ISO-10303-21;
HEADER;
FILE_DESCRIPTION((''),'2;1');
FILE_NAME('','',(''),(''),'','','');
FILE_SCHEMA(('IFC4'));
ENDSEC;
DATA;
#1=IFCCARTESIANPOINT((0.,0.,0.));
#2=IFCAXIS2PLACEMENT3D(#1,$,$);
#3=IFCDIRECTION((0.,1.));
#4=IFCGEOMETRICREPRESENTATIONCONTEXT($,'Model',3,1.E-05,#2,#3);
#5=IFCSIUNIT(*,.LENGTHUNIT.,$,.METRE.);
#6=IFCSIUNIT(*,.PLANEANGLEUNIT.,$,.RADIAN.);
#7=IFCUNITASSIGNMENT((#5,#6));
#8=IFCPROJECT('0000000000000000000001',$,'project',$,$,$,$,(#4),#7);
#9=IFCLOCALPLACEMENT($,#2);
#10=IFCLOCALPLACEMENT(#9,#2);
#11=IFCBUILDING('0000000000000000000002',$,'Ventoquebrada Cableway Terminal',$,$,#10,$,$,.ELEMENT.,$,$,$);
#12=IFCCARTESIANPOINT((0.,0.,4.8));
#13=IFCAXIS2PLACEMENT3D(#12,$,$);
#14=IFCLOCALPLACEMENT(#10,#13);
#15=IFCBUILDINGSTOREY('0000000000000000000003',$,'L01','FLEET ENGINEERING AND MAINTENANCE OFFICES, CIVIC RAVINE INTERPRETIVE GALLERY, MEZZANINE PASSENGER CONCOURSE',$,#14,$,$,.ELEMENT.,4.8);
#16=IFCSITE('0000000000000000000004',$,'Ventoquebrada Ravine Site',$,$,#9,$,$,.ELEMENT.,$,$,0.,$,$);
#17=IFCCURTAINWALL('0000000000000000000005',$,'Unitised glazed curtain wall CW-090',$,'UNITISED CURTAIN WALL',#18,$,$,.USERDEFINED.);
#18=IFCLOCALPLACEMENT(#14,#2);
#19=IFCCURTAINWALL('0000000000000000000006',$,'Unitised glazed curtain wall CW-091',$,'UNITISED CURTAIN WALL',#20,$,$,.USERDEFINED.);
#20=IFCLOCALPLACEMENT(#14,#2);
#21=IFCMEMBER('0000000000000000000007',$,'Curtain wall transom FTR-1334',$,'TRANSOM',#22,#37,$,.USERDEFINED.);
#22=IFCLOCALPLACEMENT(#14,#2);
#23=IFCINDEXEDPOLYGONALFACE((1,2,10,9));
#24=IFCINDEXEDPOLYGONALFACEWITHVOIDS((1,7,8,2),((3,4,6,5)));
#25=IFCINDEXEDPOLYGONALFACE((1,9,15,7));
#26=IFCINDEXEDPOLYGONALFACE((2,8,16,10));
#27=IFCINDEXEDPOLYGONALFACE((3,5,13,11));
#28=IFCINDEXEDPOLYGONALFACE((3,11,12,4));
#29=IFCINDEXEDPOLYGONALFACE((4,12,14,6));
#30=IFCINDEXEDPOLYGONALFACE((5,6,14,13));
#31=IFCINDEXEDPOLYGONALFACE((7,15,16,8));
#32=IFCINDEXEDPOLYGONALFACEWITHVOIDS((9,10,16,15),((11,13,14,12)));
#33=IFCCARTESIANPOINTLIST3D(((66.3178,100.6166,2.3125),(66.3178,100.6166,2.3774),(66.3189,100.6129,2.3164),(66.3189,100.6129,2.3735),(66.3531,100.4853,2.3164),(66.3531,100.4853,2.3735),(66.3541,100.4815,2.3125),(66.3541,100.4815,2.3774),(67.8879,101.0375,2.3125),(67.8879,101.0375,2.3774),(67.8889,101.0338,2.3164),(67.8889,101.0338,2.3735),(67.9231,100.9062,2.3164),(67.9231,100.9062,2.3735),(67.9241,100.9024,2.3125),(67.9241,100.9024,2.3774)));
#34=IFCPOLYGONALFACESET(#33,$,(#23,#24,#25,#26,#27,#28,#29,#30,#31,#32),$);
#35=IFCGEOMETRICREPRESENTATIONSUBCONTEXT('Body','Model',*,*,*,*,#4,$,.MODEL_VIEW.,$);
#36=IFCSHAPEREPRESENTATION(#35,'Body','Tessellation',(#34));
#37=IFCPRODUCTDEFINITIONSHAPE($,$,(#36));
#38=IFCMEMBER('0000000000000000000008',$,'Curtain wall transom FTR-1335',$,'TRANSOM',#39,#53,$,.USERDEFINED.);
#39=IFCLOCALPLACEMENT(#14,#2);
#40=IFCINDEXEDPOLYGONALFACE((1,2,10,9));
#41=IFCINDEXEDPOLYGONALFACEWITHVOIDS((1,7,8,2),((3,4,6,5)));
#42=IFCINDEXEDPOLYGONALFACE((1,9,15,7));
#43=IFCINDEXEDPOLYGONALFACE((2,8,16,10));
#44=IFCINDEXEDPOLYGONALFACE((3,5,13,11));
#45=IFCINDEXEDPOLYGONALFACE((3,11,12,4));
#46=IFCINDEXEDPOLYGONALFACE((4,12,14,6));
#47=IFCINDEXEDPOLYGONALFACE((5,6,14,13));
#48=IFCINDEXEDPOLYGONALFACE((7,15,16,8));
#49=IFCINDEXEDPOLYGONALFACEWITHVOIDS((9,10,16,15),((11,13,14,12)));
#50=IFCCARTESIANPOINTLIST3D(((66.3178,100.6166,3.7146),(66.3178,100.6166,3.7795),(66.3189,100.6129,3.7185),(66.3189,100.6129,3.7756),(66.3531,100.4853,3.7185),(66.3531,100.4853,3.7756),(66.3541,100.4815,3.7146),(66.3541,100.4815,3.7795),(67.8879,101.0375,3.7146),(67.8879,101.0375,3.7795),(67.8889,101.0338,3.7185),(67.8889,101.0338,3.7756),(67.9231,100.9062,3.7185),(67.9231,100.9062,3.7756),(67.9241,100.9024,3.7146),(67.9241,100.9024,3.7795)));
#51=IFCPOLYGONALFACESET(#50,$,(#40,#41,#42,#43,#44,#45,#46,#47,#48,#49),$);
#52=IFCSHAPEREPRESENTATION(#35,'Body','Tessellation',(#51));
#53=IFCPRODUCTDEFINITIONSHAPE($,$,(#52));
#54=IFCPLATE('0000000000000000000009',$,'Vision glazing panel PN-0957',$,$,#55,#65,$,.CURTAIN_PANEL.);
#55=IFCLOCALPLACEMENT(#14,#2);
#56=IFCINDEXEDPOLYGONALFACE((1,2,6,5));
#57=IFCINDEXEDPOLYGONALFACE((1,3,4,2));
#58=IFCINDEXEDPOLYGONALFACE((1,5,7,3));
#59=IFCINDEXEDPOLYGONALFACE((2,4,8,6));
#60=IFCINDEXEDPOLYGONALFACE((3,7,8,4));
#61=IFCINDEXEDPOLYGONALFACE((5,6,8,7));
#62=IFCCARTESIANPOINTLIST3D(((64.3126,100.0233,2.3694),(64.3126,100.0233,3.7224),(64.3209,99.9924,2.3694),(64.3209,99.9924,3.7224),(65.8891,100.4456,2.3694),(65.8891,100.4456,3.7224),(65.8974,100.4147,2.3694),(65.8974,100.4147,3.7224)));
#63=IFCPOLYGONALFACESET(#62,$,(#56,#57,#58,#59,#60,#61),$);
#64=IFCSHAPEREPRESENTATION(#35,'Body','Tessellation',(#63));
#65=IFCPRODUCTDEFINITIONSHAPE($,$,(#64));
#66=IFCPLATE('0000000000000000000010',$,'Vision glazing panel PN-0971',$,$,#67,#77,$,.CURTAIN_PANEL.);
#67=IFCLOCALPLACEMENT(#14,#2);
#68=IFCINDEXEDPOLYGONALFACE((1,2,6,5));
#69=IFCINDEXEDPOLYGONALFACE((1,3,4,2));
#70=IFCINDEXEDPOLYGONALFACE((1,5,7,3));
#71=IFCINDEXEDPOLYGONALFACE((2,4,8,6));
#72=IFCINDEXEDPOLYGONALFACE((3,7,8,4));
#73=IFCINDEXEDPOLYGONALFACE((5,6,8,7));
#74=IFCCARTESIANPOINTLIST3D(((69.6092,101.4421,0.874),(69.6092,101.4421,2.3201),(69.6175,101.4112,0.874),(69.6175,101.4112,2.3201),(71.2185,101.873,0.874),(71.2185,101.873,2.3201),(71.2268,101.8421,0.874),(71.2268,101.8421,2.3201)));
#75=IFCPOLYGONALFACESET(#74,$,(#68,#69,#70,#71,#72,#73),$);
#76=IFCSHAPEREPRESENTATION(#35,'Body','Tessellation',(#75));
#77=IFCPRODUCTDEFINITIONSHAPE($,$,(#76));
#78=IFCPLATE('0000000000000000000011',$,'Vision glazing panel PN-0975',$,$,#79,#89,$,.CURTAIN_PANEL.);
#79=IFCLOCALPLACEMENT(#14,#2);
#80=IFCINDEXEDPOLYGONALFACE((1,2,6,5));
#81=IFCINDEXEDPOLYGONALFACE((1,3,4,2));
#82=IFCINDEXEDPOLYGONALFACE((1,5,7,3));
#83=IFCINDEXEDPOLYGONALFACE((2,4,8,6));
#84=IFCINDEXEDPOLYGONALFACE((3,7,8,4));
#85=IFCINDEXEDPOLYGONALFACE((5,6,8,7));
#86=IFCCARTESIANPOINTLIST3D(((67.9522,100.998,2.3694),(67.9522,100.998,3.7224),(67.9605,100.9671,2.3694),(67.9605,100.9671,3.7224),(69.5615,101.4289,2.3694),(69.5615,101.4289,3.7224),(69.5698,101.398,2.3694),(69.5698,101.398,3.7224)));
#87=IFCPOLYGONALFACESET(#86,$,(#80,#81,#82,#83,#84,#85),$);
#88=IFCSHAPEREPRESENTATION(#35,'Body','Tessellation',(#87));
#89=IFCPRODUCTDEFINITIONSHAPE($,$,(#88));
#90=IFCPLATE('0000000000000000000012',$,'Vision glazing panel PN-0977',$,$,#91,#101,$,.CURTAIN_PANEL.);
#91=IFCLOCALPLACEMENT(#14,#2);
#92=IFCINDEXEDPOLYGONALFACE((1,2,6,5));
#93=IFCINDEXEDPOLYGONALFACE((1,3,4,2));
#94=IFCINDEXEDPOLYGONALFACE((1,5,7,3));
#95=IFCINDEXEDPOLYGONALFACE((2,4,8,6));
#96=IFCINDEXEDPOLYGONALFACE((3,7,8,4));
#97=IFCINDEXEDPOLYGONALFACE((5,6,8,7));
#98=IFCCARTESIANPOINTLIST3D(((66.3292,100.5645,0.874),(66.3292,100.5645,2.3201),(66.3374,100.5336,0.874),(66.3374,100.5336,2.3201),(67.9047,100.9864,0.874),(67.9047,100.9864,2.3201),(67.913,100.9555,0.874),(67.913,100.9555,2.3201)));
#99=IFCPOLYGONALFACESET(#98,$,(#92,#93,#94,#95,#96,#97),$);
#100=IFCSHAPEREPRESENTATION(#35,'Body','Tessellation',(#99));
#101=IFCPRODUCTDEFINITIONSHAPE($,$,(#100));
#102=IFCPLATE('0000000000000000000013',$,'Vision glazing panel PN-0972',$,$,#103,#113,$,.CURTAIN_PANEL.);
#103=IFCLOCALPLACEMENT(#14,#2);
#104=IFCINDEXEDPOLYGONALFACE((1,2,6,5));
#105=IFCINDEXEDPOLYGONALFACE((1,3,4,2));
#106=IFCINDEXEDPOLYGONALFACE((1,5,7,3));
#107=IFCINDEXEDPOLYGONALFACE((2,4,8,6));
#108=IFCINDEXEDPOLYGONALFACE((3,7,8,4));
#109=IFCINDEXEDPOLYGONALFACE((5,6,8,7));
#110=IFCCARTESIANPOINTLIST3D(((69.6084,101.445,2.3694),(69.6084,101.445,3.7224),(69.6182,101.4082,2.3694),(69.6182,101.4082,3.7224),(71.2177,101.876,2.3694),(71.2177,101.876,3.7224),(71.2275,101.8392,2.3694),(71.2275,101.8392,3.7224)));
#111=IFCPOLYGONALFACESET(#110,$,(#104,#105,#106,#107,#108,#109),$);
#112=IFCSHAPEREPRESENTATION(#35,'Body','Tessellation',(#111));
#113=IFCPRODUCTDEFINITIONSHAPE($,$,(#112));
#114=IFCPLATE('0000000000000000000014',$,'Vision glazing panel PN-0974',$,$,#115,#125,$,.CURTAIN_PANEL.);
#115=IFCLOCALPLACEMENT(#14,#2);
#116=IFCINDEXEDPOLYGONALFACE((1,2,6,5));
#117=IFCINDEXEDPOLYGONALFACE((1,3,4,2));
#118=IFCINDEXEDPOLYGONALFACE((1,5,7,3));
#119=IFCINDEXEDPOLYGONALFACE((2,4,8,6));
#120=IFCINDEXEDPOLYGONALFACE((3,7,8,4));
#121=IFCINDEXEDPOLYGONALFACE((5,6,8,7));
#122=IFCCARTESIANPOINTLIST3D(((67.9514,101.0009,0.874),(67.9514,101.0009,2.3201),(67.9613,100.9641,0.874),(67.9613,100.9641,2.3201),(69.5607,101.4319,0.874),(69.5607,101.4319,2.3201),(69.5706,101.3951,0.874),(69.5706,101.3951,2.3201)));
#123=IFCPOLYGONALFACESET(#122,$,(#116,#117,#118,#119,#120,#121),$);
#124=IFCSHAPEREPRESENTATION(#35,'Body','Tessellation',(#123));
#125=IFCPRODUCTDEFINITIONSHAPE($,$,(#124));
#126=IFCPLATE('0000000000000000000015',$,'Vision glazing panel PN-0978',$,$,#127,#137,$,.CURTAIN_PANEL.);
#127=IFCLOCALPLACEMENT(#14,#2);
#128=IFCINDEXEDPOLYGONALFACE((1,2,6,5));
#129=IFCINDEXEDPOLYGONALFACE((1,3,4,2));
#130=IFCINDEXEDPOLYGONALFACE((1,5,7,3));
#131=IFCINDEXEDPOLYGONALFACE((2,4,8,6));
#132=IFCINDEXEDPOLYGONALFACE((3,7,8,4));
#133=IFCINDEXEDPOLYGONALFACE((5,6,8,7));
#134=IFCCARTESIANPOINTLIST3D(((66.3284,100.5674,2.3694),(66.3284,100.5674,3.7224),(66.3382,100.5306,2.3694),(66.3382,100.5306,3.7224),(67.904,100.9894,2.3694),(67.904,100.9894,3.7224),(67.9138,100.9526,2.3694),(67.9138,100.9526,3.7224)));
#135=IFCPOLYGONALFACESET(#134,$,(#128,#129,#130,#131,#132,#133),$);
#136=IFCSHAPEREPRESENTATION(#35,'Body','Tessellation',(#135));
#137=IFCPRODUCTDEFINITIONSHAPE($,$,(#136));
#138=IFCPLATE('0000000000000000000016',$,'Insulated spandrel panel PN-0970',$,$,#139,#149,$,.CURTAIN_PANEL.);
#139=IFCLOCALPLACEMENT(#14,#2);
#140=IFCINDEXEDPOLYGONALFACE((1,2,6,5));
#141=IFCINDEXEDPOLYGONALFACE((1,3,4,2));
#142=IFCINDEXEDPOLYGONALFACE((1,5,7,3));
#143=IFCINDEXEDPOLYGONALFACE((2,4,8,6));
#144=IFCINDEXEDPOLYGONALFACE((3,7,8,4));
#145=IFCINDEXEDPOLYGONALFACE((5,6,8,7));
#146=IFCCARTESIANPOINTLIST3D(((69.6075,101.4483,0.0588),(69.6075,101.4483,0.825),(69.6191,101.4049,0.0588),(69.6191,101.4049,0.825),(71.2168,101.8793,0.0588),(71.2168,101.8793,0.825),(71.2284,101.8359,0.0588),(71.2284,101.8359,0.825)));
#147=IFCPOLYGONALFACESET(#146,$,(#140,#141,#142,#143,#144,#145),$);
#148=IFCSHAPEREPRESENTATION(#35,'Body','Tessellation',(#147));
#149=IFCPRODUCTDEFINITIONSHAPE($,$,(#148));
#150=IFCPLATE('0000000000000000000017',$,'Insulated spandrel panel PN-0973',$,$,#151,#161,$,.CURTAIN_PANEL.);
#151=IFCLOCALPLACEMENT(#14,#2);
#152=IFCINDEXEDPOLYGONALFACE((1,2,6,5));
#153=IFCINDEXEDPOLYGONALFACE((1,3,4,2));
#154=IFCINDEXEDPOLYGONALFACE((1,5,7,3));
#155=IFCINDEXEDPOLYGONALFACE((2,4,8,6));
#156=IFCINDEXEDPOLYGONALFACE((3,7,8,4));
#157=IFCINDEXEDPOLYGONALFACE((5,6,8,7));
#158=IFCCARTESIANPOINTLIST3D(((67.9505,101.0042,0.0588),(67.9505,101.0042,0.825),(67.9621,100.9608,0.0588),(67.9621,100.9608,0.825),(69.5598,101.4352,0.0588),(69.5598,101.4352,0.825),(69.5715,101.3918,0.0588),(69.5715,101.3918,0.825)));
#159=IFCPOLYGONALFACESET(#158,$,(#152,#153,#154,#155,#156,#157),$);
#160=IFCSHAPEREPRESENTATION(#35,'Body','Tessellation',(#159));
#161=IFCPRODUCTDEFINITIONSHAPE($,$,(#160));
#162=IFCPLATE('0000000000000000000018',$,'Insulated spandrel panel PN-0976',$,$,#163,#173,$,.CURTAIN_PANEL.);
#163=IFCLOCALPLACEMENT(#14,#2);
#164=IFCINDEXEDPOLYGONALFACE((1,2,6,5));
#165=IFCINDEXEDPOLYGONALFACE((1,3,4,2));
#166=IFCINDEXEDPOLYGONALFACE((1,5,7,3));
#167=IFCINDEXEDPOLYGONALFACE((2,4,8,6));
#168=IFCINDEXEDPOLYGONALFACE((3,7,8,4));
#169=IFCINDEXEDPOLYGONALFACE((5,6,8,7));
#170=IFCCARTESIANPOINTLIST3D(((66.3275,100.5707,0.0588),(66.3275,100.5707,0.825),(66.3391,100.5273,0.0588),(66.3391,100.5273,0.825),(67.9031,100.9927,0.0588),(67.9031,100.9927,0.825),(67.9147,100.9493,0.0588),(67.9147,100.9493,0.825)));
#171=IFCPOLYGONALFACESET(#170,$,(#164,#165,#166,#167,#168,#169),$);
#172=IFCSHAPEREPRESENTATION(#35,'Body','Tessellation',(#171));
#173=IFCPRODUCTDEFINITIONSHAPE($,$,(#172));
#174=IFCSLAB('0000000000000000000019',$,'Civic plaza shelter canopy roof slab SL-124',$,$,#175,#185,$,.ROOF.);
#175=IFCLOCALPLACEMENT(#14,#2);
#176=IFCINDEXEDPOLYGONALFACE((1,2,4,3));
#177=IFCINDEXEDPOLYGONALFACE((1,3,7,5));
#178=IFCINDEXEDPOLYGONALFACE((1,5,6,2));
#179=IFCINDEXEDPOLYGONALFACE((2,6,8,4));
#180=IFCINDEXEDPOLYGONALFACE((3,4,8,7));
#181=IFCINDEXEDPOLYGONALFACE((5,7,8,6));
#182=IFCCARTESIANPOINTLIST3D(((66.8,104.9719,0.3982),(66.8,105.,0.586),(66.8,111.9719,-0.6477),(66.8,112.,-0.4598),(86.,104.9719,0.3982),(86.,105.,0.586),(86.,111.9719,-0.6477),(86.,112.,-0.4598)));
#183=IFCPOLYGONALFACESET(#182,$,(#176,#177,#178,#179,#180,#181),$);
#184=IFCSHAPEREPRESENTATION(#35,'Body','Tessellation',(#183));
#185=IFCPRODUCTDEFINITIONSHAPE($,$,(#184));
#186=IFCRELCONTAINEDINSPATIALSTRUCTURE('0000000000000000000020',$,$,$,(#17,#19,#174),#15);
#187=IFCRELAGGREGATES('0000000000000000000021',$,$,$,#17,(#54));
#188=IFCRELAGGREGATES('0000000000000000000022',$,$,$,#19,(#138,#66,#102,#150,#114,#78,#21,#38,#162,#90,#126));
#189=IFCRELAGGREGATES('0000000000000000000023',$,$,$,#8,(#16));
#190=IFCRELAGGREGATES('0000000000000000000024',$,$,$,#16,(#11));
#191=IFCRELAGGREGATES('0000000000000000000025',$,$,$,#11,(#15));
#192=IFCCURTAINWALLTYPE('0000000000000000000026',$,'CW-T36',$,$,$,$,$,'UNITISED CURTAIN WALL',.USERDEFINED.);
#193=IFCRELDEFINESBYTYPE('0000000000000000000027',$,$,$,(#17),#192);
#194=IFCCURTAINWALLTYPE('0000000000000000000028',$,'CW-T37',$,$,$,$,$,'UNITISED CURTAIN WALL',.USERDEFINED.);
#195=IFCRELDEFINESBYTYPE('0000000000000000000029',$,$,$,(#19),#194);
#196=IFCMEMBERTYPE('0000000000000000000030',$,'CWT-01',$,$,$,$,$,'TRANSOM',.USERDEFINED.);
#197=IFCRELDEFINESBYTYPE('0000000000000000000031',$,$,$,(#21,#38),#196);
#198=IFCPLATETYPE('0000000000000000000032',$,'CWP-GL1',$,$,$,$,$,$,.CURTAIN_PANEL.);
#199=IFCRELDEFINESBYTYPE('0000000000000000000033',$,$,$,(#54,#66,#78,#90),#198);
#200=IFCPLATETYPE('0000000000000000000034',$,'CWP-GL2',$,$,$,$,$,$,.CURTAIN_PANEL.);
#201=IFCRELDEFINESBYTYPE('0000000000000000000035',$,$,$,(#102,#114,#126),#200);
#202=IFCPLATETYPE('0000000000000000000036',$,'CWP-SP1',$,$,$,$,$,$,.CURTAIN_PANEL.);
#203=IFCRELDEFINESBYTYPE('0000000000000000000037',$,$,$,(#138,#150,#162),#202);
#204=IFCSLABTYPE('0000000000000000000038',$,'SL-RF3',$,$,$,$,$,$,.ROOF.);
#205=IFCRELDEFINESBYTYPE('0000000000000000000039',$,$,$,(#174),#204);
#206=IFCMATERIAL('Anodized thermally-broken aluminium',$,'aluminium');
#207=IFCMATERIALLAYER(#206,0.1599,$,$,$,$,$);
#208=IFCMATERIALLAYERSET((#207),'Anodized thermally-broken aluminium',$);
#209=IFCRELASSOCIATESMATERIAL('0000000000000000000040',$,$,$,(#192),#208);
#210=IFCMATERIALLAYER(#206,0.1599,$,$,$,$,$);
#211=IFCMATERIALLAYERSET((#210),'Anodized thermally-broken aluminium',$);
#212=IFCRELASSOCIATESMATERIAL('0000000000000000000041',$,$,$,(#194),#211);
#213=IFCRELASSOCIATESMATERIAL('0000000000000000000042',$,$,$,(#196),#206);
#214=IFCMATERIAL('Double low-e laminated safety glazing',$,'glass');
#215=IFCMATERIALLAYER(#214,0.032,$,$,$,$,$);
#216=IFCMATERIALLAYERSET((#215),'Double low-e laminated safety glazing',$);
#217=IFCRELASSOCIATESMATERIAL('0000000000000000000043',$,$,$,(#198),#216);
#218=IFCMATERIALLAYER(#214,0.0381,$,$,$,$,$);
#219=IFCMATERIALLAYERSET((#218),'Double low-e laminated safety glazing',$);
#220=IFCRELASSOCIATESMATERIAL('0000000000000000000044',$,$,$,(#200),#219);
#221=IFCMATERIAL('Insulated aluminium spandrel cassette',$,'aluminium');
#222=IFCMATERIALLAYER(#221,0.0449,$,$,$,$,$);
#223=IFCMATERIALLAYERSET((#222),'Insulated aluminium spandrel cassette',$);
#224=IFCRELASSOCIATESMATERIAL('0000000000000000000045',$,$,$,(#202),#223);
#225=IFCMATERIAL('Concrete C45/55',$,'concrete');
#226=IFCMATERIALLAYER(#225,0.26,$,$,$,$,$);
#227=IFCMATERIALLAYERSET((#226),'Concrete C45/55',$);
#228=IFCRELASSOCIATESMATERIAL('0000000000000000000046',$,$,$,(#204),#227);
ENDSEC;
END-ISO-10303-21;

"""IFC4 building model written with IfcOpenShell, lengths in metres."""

from ifc_helpers import new_model, si_unit, direction, frame, origin, origin_2d, place, context, subcontext, project, spatial, polyline, rectangle, hollow_rectangle, outline, extrude, material, layer, layer_set, material_profile, profile_set, type_object, element, aggregate, save


model = new_model("IFC4")

# Units and contexts
model_context = context("Model", 3, precision=1e-05, world=origin(), true_north=direction((0.0, 1.0)))
body_context = subcontext(model_context, "Body", "Model", "MODEL_VIEW")
ifc_project = project(units=[si_unit("LENGTHUNIT", "METRE"), si_unit("PLANEANGLEUNIT", "RADIAN")], contexts=[model_context])

# Site, building, storey
site_placement = place(None, origin())
site = spatial("IfcSite", under=ifc_project, at=site_placement, Name="Ventoquebrada Ravine Site", CompositionType="ELEMENT", RefElevation=0.0)
building_placement = place(site_placement, origin())
building = spatial("IfcBuilding", under=site, at=building_placement, Name="Ventoquebrada Cableway Terminal", CompositionType="ELEMENT")
storey_placement = place(building_placement, frame((0.0, 0.0, 4.8)))
storey = spatial("IfcBuildingStorey", under=building, at=storey_placement, Name="L01", Description="FLEET ENGINEERING AND MAINTENANCE OFFICES, CIVIC RAVINE INTERPRETIVE GALLERY, MEZZANINE PASSENGER CONCOURSE", CompositionType="ELEMENT", Elevation=4.8)

# Curtain wall
ifc_material_1 = material(Name="Anodized thermally-broken aluminium", Category="aluminium")
ifc_layer_1 = layer(ifc_material_1, 0.1599)
ifc_layer_set_1 = layer_set([ifc_layer_1], Name="Anodized thermally-broken aluminium")
curtain_wall_type_1 = type_object("IfcCurtainWallType", Name="CW-T36", ElementType="UNITISED CURTAIN WALL", PredefinedType="USERDEFINED", material=ifc_layer_set_1)
curtain_wall_1_placement = place(storey_placement, origin())
curtain_wall_1 = element("IfcCurtainWall", 1, at=curtain_wall_1_placement, inside=storey, type_object=curtain_wall_type_1, Name="Unitised glazed curtain wall CW-090", ObjectType="UNITISED CURTAIN WALL", PredefinedType="USERDEFINED")

# Curtain wall
ifc_layer_2 = layer(ifc_material_1, 0.1599)
ifc_layer_set_2 = layer_set([ifc_layer_2], Name="Anodized thermally-broken aluminium")
curtain_wall_type_2 = type_object("IfcCurtainWallType", Name="CW-T37", ElementType="UNITISED CURTAIN WALL", PredefinedType="USERDEFINED", material=ifc_layer_set_2)
curtain_wall_2_placement = place(storey_placement, origin())
curtain_wall_2 = element("IfcCurtainWall", 2, at=curtain_wall_2_placement, inside=storey, type_object=curtain_wall_type_2, Name="Unitised glazed curtain wall CW-091", ObjectType="UNITISED CURTAIN WALL", PredefinedType="USERDEFINED")

# Members
ifc_material_profile_1 = material_profile(ifc_material_1, hollow_rectangle(XDim=0.0649, YDim=0.1399, WallThickness=0.0039, at=origin_2d()), Name="CW-TRN-65X140")
ifc_profile_set_1 = profile_set([ifc_material_profile_1], Name="Anodized thermally-broken aluminium")
member_type_1 = type_object("IfcMemberType", Name="CWT-01", ElementType="TRANSOM", PredefinedType="USERDEFINED", material=ifc_profile_set_1)
member_1_placement = place(storey_placement, frame((67.906, 100.97, 2.345), z_axis=(-0.965895, -0.258934, 0.0), x_axis=(0.0, 0.0, 1.0)))
member_1 = element("IfcMember", 3, at=member_1_placement, type_object=member_type_1, Name="Curtain wall transom FTR-1334", ObjectType="TRANSOM", PredefinedType="USERDEFINED", context=body_context, shape_type="SweptSolid", body=[
    extrude(hollow_rectangle(XDim=0.0649, YDim=0.1399, WallThickness=0.0039, at=origin_2d()), origin(), (0.0, 0.0, 1.0), 1.6255),
])
member_2_placement = place(storey_placement, frame((67.906, 100.97, 3.7471), z_axis=(-0.965895, -0.258934, 0.0), x_axis=(0.0, 0.0, 1.0)))
member_2 = element("IfcMember", 4, at=member_2_placement, type_object=member_type_1, Name="Curtain wall transom FTR-1335", ObjectType="TRANSOM", PredefinedType="USERDEFINED", context=body_context, shape_type="SweptSolid", body=[
    extrude(hollow_rectangle(XDim=0.0649, YDim=0.1399, WallThickness=0.0039, at=origin_2d()), origin(), (0.0, 0.0, 1.0), 1.6255),
])

# Plates
ifc_material_2 = material(Name="Double low-e laminated safety glazing", Category="glass")
ifc_layer_3 = layer(ifc_material_2, 0.032)
ifc_layer_set_3 = layer_set([ifc_layer_3], Name="Double low-e laminated safety glazing")
plate_type_1 = type_object("IfcPlateType", Name="CWP-GL1", PredefinedType="CURTAIN_PANEL", material=ifc_layer_set_3)
plate_1_placement = place(storey_placement, frame((65.105, 100.219, 2.3694), z_axis=(0.0, 0.0, 1.0), x_axis=(-0.965935, -0.258785, 0.0)))
plate_1 = element("IfcPlate", 5, at=plate_1_placement, type_object=plate_type_1, Name="Vision glazing panel PN-0957", PredefinedType="CURTAIN_PANEL", context=body_context, shape_type="SweptSolid", body=[
    extrude(rectangle(XDim=1.6321, YDim=0.032, at=origin_2d()), origin(), (0.0, 0.0, 1.0), 1.353),
])
aggregate(curtain_wall_1, [plate_1])
plate_2_placement = place(storey_placement, frame((70.418, 101.6421, 0.874), z_axis=(0.0, 0.0, 1.0), x_axis=(-0.965962, -0.258684, 0.0)))
plate_2 = element("IfcPlate", 6, at=plate_2_placement, type_object=plate_type_1, Name="Vision glazing panel PN-0971", PredefinedType="CURTAIN_PANEL", context=body_context, shape_type="SweptSolid", body=[
    extrude(rectangle(XDim=1.666, YDim=0.032, at=origin_2d()), origin(), (0.0, 0.0, 1.0), 1.446),
])
plate_3_placement = place(storey_placement, frame((68.761, 101.198, 2.3694), z_axis=(0.0, 0.0, 1.0), x_axis=(-0.965962, -0.258684, 0.0)))
plate_3 = element("IfcPlate", 7, at=plate_3_placement, type_object=plate_type_1, Name="Vision glazing panel PN-0975", PredefinedType="CURTAIN_PANEL", context=body_context, shape_type="SweptSolid", body=[
    extrude(rectangle(XDim=1.666, YDim=0.032, at=origin_2d()), origin(), (0.0, 0.0, 1.0), 1.353),
])
plate_4_placement = place(storey_placement, frame((67.1211, 100.76, 0.874), z_axis=(0.0, 0.0, 1.0), x_axis=(-0.965962, -0.258684, 0.0)))
plate_4 = element("IfcPlate", 8, at=plate_4_placement, type_object=plate_type_1, Name="Vision glazing panel PN-0977", PredefinedType="CURTAIN_PANEL", context=body_context, shape_type="SweptSolid", body=[
    extrude(rectangle(XDim=1.6311, YDim=0.032, at=origin_2d()), origin(), (0.0, 0.0, 1.0), 1.446),
])
ifc_layer_4 = layer(ifc_material_2, 0.0381)
ifc_layer_set_4 = layer_set([ifc_layer_4], Name="Double low-e laminated safety glazing")
plate_type_2 = type_object("IfcPlateType", Name="CWP-GL2", PredefinedType="CURTAIN_PANEL", material=ifc_layer_set_4)
plate_5_placement = place(storey_placement, frame((70.418, 101.6421, 2.3694), z_axis=(0.0, 0.0, 1.0), x_axis=(-0.965962, -0.258684, 0.0)))
plate_5 = element("IfcPlate", 9, at=plate_5_placement, type_object=plate_type_2, Name="Vision glazing panel PN-0972", PredefinedType="CURTAIN_PANEL", context=body_context, shape_type="SweptSolid", body=[
    extrude(rectangle(XDim=1.666, YDim=0.0381, at=origin_2d()), origin(), (0.0, 0.0, 1.0), 1.353),
])
plate_6_placement = place(storey_placement, frame((68.761, 101.198, 0.874), z_axis=(0.0, 0.0, 1.0), x_axis=(-0.965962, -0.258684, 0.0)))
plate_6 = element("IfcPlate", 10, at=plate_6_placement, type_object=plate_type_2, Name="Vision glazing panel PN-0974", PredefinedType="CURTAIN_PANEL", context=body_context, shape_type="SweptSolid", body=[
    extrude(rectangle(XDim=1.666, YDim=0.0381, at=origin_2d()), origin(), (0.0, 0.0, 1.0), 1.446),
])
plate_7_placement = place(storey_placement, frame((67.1211, 100.76, 2.3694), z_axis=(0.0, 0.0, 1.0), x_axis=(-0.965962, -0.258684, 0.0)))
plate_7 = element("IfcPlate", 11, at=plate_7_placement, type_object=plate_type_2, Name="Vision glazing panel PN-0978", PredefinedType="CURTAIN_PANEL", context=body_context, shape_type="SweptSolid", body=[
    extrude(rectangle(XDim=1.6311, YDim=0.0381, at=origin_2d()), origin(), (0.0, 0.0, 1.0), 1.353),
])
ifc_material_3 = material(Name="Insulated aluminium spandrel cassette", Category="aluminium")
ifc_layer_5 = layer(ifc_material_3, 0.0449)
ifc_layer_set_5 = layer_set([ifc_layer_5], Name="Insulated aluminium spandrel cassette")
plate_type_3 = type_object("IfcPlateType", Name="CWP-SP1", PredefinedType="CURTAIN_PANEL", material=ifc_layer_set_5)
plate_8_placement = place(storey_placement, frame((70.418, 101.6421, 0.0588), z_axis=(0.0, 0.0, 1.0), x_axis=(-0.965962, -0.258684, 0.0)))
plate_8 = element("IfcPlate", 12, at=plate_8_placement, type_object=plate_type_3, Name="Insulated spandrel panel PN-0970", PredefinedType="CURTAIN_PANEL", context=body_context, shape_type="SweptSolid", body=[
    extrude(rectangle(XDim=1.666, YDim=0.0449, at=origin_2d()), origin(), (0.0, 0.0, 1.0), 0.7661),
])
plate_9_placement = place(storey_placement, frame((68.761, 101.198, 0.0588), z_axis=(0.0, 0.0, 1.0), x_axis=(-0.965962, -0.258684, 0.0)))
plate_9 = element("IfcPlate", 13, at=plate_9_placement, type_object=plate_type_3, Name="Insulated spandrel panel PN-0973", PredefinedType="CURTAIN_PANEL", context=body_context, shape_type="SweptSolid", body=[
    extrude(rectangle(XDim=1.666, YDim=0.0449, at=origin_2d()), origin(), (0.0, 0.0, 1.0), 0.7661),
])
plate_10_placement = place(storey_placement, frame((67.1211, 100.76, 0.0588), z_axis=(0.0, 0.0, 1.0), x_axis=(-0.965962, -0.258684, 0.0)))
plate_10 = element("IfcPlate", 14, at=plate_10_placement, type_object=plate_type_3, Name="Insulated spandrel panel PN-0976", PredefinedType="CURTAIN_PANEL", context=body_context, shape_type="SweptSolid", body=[
    extrude(rectangle(XDim=1.6311, YDim=0.0449, at=origin_2d()), origin(), (0.0, 0.0, 1.0), 0.7661),
])
aggregate(curtain_wall_2, [plate_8, plate_2, plate_5, plate_9, plate_6, plate_3, member_1, member_2, plate_10, plate_4, plate_7])

# Slab
ifc_material_4 = material(Name="Concrete C45/55", Category="concrete")
ifc_layer_6 = layer(ifc_material_4, 0.26)
ifc_layer_set_6 = layer_set([ifc_layer_6], Name="Concrete C45/55")
slab_type = type_object("IfcSlabType", Name="SL-RF3", PredefinedType="ROOF", material=ifc_layer_set_6)
slab_placement = place(storey_placement, frame((66.8, 104.9719, 0.3982), z_axis=(0.0, 0.147774, 0.989021), x_axis=(1.0, 0.0, 0.0)))
element("IfcSlab", 15, at=slab_placement, inside=storey, type_object=slab_type, Name="Civic plaza shelter canopy roof slab SL-124", PredefinedType="ROOF", context=body_context, shape_type="SweptSolid", body=[
    extrude(outline(polyline([(0.0, 0.0), (19.2, 0.0), (19.2, 7.0777), (0.0, 7.0777), (0.0, 0.0)])), origin(), (0.0, 0.0, 1.0), 0.1899),
])

save(model, "model.ifc")
